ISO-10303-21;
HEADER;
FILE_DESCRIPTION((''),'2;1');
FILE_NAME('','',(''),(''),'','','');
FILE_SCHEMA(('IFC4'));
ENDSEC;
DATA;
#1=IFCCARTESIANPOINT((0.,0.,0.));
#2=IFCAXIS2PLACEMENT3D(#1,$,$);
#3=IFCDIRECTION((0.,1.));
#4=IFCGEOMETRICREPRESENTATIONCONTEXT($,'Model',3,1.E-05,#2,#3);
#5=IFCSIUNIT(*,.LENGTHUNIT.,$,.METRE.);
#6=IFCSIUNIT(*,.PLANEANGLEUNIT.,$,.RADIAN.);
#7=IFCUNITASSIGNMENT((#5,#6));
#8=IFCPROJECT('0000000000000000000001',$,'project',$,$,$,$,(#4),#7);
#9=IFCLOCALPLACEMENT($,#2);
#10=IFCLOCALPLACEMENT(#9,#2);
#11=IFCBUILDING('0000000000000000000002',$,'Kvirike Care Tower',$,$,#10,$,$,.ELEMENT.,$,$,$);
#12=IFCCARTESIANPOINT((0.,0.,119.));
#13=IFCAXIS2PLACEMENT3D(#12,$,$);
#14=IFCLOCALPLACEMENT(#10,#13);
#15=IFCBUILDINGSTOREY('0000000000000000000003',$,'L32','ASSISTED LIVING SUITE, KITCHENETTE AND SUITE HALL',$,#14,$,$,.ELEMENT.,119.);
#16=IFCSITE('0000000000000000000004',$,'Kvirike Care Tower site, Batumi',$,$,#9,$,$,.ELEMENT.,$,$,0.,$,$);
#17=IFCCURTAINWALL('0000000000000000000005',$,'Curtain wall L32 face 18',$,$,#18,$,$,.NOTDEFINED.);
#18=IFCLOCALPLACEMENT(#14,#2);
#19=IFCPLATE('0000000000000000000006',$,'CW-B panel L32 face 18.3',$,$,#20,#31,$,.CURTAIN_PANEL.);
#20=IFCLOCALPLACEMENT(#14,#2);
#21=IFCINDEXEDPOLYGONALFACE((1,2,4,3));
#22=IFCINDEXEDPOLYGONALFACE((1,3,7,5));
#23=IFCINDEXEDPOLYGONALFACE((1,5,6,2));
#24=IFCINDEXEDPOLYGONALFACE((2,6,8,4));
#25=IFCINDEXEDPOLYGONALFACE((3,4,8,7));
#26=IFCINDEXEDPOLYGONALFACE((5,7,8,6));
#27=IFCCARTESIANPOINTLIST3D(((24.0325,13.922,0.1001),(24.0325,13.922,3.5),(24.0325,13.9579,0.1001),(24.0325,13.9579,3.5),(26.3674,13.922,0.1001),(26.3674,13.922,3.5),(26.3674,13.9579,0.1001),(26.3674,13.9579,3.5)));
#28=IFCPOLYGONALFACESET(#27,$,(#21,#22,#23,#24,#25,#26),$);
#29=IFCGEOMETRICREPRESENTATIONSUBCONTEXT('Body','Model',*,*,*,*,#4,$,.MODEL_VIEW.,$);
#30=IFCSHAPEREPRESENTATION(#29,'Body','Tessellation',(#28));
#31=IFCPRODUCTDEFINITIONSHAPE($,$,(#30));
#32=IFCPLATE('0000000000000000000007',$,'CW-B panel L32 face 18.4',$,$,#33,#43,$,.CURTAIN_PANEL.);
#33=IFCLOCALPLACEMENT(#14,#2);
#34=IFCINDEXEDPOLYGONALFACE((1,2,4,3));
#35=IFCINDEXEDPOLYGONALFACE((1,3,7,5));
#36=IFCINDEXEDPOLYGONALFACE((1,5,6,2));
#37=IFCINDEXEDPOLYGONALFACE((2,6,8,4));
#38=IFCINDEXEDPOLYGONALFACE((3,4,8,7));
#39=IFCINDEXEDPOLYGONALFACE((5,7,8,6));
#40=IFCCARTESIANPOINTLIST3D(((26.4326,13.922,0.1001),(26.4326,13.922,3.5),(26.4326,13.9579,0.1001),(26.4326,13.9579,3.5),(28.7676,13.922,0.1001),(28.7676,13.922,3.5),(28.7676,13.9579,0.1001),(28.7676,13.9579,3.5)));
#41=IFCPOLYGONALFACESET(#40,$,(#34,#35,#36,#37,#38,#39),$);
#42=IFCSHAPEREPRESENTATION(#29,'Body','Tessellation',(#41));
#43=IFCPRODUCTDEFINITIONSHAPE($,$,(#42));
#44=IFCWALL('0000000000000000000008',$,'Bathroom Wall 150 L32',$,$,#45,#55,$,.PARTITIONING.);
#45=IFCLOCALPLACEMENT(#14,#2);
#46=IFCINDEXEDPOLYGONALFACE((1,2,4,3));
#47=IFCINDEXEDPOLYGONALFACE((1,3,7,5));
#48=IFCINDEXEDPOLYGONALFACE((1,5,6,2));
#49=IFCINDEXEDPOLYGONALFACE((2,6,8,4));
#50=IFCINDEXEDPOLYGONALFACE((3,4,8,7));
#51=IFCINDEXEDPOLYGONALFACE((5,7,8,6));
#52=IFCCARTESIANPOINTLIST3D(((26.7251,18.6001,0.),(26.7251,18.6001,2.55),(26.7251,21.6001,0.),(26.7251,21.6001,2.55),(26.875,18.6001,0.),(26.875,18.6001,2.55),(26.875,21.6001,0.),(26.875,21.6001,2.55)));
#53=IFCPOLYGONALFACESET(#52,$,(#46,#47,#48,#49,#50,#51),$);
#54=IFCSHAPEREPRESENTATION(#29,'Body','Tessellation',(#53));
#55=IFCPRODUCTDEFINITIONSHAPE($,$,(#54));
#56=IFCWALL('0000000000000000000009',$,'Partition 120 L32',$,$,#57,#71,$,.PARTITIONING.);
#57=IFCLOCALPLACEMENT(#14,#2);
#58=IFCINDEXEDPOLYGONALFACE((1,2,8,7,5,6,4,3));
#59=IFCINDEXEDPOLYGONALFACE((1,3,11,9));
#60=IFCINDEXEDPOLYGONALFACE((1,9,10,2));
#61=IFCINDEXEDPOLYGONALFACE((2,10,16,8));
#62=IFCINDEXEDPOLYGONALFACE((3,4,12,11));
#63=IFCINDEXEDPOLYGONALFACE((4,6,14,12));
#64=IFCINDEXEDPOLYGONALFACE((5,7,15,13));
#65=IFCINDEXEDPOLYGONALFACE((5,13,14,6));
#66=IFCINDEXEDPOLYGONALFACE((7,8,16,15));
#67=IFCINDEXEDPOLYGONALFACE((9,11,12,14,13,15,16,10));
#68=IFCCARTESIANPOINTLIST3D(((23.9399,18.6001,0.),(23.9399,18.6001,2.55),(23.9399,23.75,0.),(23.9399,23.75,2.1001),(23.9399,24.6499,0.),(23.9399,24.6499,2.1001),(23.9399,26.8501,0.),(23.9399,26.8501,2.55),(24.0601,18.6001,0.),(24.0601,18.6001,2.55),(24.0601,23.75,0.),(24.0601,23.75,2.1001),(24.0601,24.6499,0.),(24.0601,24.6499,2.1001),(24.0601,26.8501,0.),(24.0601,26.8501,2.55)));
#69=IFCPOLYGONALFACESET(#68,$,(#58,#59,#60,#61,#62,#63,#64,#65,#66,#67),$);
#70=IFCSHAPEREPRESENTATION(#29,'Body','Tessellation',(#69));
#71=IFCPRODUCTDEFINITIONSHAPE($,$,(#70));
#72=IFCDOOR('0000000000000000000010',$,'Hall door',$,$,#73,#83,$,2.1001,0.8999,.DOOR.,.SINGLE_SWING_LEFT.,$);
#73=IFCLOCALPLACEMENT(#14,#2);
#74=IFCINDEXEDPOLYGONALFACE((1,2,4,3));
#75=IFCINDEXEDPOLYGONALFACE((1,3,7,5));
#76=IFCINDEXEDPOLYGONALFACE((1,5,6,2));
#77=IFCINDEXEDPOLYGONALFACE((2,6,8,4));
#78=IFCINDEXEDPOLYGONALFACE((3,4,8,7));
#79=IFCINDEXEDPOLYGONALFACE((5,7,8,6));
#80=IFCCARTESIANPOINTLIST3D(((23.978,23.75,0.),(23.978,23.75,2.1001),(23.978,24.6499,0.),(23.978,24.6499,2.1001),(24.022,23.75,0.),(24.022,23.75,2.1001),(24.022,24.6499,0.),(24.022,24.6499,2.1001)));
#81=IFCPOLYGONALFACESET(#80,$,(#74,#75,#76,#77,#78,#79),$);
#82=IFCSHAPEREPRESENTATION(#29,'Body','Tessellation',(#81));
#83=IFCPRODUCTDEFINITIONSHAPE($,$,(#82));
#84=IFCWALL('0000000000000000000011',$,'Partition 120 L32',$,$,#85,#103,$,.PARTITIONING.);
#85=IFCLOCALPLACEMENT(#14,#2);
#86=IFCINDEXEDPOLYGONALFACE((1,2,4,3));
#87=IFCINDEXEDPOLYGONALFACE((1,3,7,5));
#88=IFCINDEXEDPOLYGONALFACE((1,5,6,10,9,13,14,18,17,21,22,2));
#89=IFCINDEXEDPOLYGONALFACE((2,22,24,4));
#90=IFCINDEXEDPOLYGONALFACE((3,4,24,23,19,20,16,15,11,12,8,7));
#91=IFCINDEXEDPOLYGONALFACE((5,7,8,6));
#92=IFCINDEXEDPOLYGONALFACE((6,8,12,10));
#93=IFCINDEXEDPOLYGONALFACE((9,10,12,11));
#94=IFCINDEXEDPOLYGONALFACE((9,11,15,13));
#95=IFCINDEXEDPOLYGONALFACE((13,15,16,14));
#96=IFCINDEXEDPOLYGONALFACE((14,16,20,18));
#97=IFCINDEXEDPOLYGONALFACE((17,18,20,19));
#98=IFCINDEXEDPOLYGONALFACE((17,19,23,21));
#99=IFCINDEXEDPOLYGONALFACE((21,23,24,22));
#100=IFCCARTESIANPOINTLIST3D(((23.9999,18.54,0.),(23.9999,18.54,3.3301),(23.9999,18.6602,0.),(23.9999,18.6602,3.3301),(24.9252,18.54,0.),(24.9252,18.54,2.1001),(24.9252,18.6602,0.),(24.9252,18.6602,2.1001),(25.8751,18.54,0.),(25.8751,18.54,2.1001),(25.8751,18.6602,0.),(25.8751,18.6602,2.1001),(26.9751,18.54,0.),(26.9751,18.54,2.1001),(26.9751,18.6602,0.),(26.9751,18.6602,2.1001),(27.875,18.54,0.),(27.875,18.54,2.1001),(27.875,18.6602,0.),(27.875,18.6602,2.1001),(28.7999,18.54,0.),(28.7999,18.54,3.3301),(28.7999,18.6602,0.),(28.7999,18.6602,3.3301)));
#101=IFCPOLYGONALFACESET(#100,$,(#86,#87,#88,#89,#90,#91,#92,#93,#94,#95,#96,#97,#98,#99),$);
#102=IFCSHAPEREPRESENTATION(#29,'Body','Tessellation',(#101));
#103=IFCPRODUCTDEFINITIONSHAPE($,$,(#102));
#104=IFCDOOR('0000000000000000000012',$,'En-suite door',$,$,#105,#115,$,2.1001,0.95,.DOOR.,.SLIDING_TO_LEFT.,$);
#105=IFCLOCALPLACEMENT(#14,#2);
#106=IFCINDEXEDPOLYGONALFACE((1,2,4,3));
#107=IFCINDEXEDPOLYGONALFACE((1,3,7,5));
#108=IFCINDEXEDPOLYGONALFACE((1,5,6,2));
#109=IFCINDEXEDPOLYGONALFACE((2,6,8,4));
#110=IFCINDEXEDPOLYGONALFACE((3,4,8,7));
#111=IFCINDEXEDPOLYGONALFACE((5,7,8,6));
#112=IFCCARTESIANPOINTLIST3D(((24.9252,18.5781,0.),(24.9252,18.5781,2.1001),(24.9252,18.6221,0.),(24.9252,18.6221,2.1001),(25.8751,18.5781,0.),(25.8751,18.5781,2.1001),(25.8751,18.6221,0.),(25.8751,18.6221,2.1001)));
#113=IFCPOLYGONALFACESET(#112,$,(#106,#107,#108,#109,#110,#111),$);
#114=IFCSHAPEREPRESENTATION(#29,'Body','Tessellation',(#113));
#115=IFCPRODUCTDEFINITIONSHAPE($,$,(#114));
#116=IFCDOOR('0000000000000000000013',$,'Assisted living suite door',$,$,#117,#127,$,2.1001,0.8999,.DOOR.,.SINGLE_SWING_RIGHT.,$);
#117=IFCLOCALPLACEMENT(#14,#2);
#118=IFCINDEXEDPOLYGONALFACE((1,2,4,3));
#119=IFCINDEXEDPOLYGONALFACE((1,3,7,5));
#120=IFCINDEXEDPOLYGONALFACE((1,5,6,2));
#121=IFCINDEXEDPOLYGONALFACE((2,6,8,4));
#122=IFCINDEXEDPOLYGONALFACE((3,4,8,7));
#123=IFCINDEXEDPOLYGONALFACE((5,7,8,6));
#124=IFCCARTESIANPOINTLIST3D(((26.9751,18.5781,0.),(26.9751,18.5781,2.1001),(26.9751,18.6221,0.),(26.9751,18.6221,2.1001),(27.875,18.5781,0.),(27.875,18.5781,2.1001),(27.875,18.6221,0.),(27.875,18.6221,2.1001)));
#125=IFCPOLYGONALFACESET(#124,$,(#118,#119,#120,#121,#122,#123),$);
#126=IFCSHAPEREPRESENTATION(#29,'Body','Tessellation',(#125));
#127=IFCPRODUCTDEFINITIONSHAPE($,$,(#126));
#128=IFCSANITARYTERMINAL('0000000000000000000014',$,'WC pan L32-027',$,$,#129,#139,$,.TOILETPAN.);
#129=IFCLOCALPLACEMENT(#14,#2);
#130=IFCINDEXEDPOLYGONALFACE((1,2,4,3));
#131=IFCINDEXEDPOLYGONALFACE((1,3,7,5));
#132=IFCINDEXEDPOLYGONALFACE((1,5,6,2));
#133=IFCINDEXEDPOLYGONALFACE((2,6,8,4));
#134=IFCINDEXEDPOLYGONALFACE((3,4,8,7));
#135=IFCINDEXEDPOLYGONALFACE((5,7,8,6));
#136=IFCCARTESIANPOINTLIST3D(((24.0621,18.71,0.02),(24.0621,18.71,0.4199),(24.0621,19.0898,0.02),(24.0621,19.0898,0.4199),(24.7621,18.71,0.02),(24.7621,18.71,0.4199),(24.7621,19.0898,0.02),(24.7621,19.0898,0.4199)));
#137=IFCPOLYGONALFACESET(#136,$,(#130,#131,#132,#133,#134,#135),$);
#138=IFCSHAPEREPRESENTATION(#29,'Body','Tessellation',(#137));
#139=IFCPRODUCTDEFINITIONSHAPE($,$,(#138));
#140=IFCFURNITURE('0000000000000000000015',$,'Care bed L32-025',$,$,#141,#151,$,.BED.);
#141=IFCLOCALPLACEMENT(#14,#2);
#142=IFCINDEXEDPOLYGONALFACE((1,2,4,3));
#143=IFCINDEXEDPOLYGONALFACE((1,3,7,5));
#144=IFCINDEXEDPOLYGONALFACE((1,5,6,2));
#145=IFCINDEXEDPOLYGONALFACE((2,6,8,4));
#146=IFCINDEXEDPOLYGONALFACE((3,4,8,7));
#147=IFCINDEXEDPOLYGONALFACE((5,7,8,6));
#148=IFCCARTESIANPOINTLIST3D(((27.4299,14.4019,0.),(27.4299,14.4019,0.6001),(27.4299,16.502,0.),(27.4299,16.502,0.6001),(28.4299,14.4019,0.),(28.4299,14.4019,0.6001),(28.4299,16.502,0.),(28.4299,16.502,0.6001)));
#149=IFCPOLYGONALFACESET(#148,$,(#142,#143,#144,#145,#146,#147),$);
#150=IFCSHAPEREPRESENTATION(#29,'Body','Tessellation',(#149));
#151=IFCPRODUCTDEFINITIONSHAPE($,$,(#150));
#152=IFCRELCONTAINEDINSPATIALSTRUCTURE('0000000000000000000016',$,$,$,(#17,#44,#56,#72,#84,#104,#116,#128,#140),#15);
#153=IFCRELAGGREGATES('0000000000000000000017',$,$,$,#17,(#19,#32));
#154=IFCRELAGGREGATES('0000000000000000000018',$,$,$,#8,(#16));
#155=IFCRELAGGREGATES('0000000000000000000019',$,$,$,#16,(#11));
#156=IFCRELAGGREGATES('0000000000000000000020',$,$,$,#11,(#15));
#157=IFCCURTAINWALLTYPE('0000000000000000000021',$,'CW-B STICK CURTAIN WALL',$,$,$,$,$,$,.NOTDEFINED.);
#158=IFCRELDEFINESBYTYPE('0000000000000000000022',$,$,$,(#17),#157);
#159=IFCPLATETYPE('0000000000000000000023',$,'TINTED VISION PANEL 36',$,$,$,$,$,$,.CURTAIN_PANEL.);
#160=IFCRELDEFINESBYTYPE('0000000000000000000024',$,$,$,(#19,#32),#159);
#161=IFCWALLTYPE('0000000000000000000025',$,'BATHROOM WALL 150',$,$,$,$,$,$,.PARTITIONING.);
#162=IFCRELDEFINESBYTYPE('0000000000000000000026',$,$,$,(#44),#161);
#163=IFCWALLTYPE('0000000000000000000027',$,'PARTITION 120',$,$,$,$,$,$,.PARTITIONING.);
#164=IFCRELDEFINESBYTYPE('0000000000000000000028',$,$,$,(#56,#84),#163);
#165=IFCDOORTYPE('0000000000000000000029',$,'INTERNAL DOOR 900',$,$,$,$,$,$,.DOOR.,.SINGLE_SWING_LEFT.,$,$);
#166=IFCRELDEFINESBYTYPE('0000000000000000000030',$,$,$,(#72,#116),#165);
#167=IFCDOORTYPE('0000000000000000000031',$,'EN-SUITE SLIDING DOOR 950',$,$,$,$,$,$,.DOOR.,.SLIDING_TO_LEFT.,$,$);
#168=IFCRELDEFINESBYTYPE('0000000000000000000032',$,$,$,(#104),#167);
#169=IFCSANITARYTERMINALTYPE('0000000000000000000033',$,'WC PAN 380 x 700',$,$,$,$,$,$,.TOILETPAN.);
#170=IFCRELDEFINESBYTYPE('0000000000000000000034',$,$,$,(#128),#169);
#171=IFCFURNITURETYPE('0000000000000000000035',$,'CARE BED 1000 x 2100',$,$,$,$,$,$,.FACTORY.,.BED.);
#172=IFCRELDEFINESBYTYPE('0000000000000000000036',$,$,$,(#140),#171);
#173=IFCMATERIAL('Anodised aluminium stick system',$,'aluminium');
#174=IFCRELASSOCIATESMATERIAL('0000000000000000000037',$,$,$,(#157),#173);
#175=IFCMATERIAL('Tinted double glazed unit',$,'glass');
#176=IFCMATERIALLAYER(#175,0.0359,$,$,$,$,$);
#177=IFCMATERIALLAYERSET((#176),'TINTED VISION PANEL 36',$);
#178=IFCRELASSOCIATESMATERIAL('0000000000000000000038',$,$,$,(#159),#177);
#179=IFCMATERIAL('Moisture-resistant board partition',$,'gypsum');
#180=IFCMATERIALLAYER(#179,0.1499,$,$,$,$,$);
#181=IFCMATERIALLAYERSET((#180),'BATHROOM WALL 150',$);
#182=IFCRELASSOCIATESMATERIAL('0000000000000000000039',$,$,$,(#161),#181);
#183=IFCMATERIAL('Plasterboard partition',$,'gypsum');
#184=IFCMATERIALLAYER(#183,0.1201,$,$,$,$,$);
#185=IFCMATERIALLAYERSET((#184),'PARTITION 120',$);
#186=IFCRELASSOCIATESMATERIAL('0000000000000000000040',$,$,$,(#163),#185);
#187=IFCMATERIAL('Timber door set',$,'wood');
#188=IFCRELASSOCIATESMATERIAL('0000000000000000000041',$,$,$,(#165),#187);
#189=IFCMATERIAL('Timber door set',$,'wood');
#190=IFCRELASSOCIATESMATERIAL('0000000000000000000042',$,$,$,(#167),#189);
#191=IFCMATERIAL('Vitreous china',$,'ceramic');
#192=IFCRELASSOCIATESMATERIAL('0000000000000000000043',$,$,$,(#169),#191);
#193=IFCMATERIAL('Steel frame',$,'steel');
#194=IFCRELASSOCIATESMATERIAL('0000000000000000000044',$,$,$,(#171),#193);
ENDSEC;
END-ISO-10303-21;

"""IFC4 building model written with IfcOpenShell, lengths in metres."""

from ifc_helpers import new_model, si_unit, direction, frame, frame_2d, origin, origin_2d, place, context, subcontext, project, spatial, rectangle, extrude, material, layer, layer_set, type_object, element, fill, aggregate, save


model = new_model("IFC4")

# Units and contexts
model_context = context("Model", 3, precision=1e-05, world=origin(), true_north=direction((0.0, 1.0)))
body_context = subcontext(model_context, "Body", "Model", "MODEL_VIEW")
ifc_project = project(units=[si_unit("LENGTHUNIT", "METRE"), si_unit("PLANEANGLEUNIT", "RADIAN")], contexts=[model_context])

# Site, building, storey
site_placement = place(None, origin())
site = spatial("IfcSite", under=ifc_project, at=site_placement, Name="Kvirike Care Tower site, Batumi", CompositionType="ELEMENT", RefElevation=0.0)
building_placement = place(site_placement, origin())
building = spatial("IfcBuilding", under=site, at=building_placement, Name="Kvirike Care Tower", CompositionType="ELEMENT")
storey_placement = place(building_placement, frame((0.0, 0.0, 119.0)))
storey = spatial("IfcBuildingStorey", under=building, at=storey_placement, Name="L32", Description="ASSISTED LIVING SUITE, KITCHENETTE AND SUITE HALL", CompositionType="ELEMENT", Elevation=119.0)

# Curtain wall
ifc_material_1 = material(Name="Anodised aluminium stick system", Category="aluminium")
curtain_wall_type = type_object("IfcCurtainWallType", Name="CW-B STICK CURTAIN WALL", PredefinedType="NOTDEFINED", material=ifc_material_1)
curtain_wall_placement = place(storey_placement, origin())
curtain_wall = element("IfcCurtainWall", 1, at=curtain_wall_placement, inside=storey, type_object=curtain_wall_type, Name="Curtain wall L32 face 18", PredefinedType="NOTDEFINED")

# Plates
ifc_material_2 = material(Name="Tinted double glazed unit", Category="glass")
ifc_layer_1 = layer(ifc_material_2, 0.0359)
ifc_layer_set_1 = layer_set([ifc_layer_1], Name="TINTED VISION PANEL 36")
plate_type = type_object("IfcPlateType", Name="TINTED VISION PANEL 36", PredefinedType="CURTAIN_PANEL", material=ifc_layer_set_1)
plate_1_placement = place(storey_placement, frame((25.2, 13.9399, 0.1001), z_axis=(0.0, 0.0, 1.0), x_axis=(1.0, 0.0, 0.0)))
plate_1 = element("IfcPlate", 2, at=plate_1_placement, type_object=plate_type, Name="CW-B panel L32 face 18.3", PredefinedType="CURTAIN_PANEL", context=body_context, shape_type="SweptSolid", body=[
    extrude(rectangle(XDim=2.335, YDim=0.0359, at=origin_2d()), origin(), (0.0, 0.0, 1.0), 3.3999),
])
plate_2_placement = place(storey_placement, frame((27.6001, 13.9399, 0.1001), z_axis=(0.0, 0.0, 1.0), x_axis=(1.0, 0.0, 0.0)))
plate_2 = element("IfcPlate", 3, at=plate_2_placement, type_object=plate_type, Name="CW-B panel L32 face 18.4", PredefinedType="CURTAIN_PANEL", context=body_context, shape_type="SweptSolid", body=[
    extrude(rectangle(XDim=2.335, YDim=0.0359, at=origin_2d()), origin(), (0.0, 0.0, 1.0), 3.3999),
])
aggregate(curtain_wall, [plate_1, plate_2])

# Wall
ifc_material_3 = material(Name="Moisture-resistant board partition", Category="gypsum")
ifc_layer_2 = layer(ifc_material_3, 0.1499)
ifc_layer_set_2 = layer_set([ifc_layer_2], Name="BATHROOM WALL 150")
wall_type_1 = type_object("IfcWallType", Name="BATHROOM WALL 150", PredefinedType="PARTITIONING", material=ifc_layer_set_2)
wall_1_placement = place(storey_placement, frame((26.8, 18.6001, 0.0), z_axis=(0.0, 0.0, 1.0), x_axis=(0.0, 1.0, 0.0)))
element("IfcWall", 4, at=wall_1_placement, inside=storey, type_object=wall_type_1, Name="Bathroom Wall 150 L32", PredefinedType="PARTITIONING", context=body_context, shape_type="SweptSolid", body=[
    extrude(rectangle(XDim=3.0, YDim=0.1499, at=frame_2d((1.5, 0.0))), origin(), (0.0, 0.0, 1.0), 2.55),
])

# Wall, opening, door
ifc_material_4 = material(Name="Plasterboard partition", Category="gypsum")
ifc_layer_3 = layer(ifc_material_4, 0.1201)
ifc_layer_set_3 = layer_set([ifc_layer_3], Name="PARTITION 120")
wall_type_2 = type_object("IfcWallType", Name="PARTITION 120", PredefinedType="PARTITIONING", material=ifc_layer_set_3)
wall_2_placement = place(storey_placement, frame((24.0, 18.6001, 0.0), z_axis=(0.0, 0.0, 1.0), x_axis=(0.0, 1.0, 0.0)))
wall_2 = element("IfcWall", 5, at=wall_2_placement, inside=storey, type_object=wall_type_2, Name="Partition 120 L32", PredefinedType="PARTITIONING", context=body_context, shape_type="SweptSolid", body=[
    extrude(rectangle(XDim=8.25, YDim=0.1201, at=frame_2d((4.125, 0.0))), origin(), (0.0, 0.0, 1.0), 2.55),
])
opening_1_placement = place(wall_2_placement, frame((5.1499, 0.0, 0.0)))
opening_1 = element("IfcOpeningElement", 6, at=opening_1_placement, cuts=wall_2, PredefinedType="OPENING", context=body_context, shape_type="SweptSolid", body=[
    extrude(rectangle(XDim=0.8999, YDim=2.1001, at=frame_2d((0.45, 1.05))), frame((0.0, 0.0706, 0.0), z_axis=(0.0, -1.0, 0.0), x_axis=(1.0, 0.0, 0.0)), (0.0, 0.0, 1.0), 0.1411),
])
ifc_material_5 = material(Name="Timber door set", Category="wood")
door_type_1 = type_object("IfcDoorType", Name="INTERNAL DOOR 900", OperationType="SINGLE_SWING_LEFT", PredefinedType="DOOR", material=ifc_material_5)
door_1_placement = place(opening_1_placement, origin())
door_1 = element("IfcDoor", 7, at=door_1_placement, inside=storey, type_object=door_type_1, Name="Hall door", OperationType="SINGLE_SWING_LEFT", OverallHeight=2.1001, OverallWidth=0.8999, PredefinedType="DOOR", context=body_context, shape_type="SweptSolid", body=[
    extrude(rectangle(XDim=0.8999, YDim=2.1001, at=frame_2d((0.45, 1.05))), frame((0.0, 0.022, 0.0), z_axis=(0.0, -1.0, 0.0), x_axis=(1.0, 0.0, 0.0)), (0.0, 0.0, 1.0), 0.0439),
])
fill(opening_1, door_1)

# Wall, openings, doors
wall_3_placement = place(storey_placement, frame((24.0, 18.6001, 0.0), z_axis=(0.0, 0.0, 1.0), x_axis=(1.0, 0.0, 0.0)))
wall_3 = element("IfcWall", 8, at=wall_3_placement, inside=storey, type_object=wall_type_2, Name="Partition 120 L32", PredefinedType="PARTITIONING", context=body_context, shape_type="SweptSolid", body=[
    extrude(rectangle(XDim=4.8, YDim=0.1201, at=frame_2d((2.3999, 0.0))), origin(), (0.0, 0.0, 1.0), 3.3301),
])
opening_2_placement = place(wall_3_placement, frame((2.9751, 0.0, 0.0)))
opening_2 = element("IfcOpeningElement", 9, at=opening_2_placement, cuts=wall_3, PredefinedType="OPENING", context=body_context, shape_type="SweptSolid", body=[
    extrude(rectangle(XDim=0.8999, YDim=2.1001, at=frame_2d((0.45, 1.05))), frame((0.0, 0.0706, 0.0), z_axis=(0.0, -1.0, 0.0), x_axis=(1.0, 0.0, 0.0)), (0.0, 0.0, 1.0), 0.1411),
])
opening_3_placement = place(wall_3_placement, frame((0.925, 0.0, 0.0)))
opening_3 = element("IfcOpeningElement", 10, at=opening_3_placement, cuts=wall_3, PredefinedType="OPENING", context=body_context, shape_type="SweptSolid", body=[
    extrude(rectangle(XDim=0.95, YDim=2.1001, at=frame_2d((0.4751, 1.05))), frame((0.0, 0.0706, 0.0), z_axis=(0.0, -1.0, 0.0), x_axis=(1.0, 0.0, 0.0)), (0.0, 0.0, 1.0), 0.1411),
])
ifc_material_6 = material(Name="Timber door set", Category="wood")
door_type_2 = type_object("IfcDoorType", Name="EN-SUITE SLIDING DOOR 950", OperationType="SLIDING_TO_LEFT", PredefinedType="DOOR", material=ifc_material_6)
door_2_placement = place(opening_3_placement, origin())
door_2 = element("IfcDoor", 11, at=door_2_placement, inside=storey, type_object=door_type_2, Name="En-suite door", OperationType="SLIDING_TO_LEFT", OverallHeight=2.1001, OverallWidth=0.95, PredefinedType="DOOR", context=body_context, shape_type="SweptSolid", body=[
    extrude(rectangle(XDim=0.95, YDim=2.1001, at=frame_2d((0.4751, 1.05))), frame((0.0, 0.022, 0.0), z_axis=(0.0, -1.0, 0.0), x_axis=(1.0, 0.0, 0.0)), (0.0, 0.0, 1.0), 0.0439),
])
fill(opening_3, door_2)
door_3_placement = place(opening_2_placement, frame((0.8999, 0.0, 0.0), z_axis=(0.0, 0.0, 1.0), x_axis=(-1.0, 0.0, 0.0)))
door_3 = element("IfcDoor", 12, at=door_3_placement, inside=storey, type_object=door_type_1, Name="Assisted living suite door", OperationType="SINGLE_SWING_RIGHT", OverallHeight=2.1001, OverallWidth=0.8999, PredefinedType="DOOR", context=body_context, shape_type="SweptSolid", body=[
    extrude(rectangle(XDim=0.8999, YDim=2.1001, at=frame_2d((0.45, 1.05))), frame((0.0, 0.022, 0.0), z_axis=(0.0, -1.0, 0.0), x_axis=(1.0, 0.0, 0.0)), (0.0, 0.0, 1.0), 0.0439),
])
fill(opening_2, door_3)

# Sanitary terminal
ifc_material_7 = material(Name="Vitreous china", Category="ceramic")
sanitary_terminal_type = type_object("IfcSanitaryTerminalType", Name="WC PAN 380 x 700", PredefinedType="TOILETPAN", material=ifc_material_7)
sanitary_terminal_placement = place(storey_placement, frame((24.4121, 18.8999, 0.02), z_axis=(0.0, 0.0, 1.0), x_axis=(0.0, 1.0, 0.0)))
element("IfcSanitaryTerminal", 13, at=sanitary_terminal_placement, inside=storey, type_object=sanitary_terminal_type, Name="WC pan L32-027", PredefinedType="TOILETPAN", context=body_context, shape_type="SweptSolid", body=[
    extrude(rectangle(XDim=0.3799, YDim=0.7, at=origin_2d()), origin(), (0.0, 0.0, 1.0), 0.3999),
])

# Furniture
ifc_material_8 = material(Name="Steel frame", Category="steel")
furniture_type = type_object("IfcFurnitureType", Name="CARE BED 1000 x 2100", AssemblyPlace="FACTORY", PredefinedType="BED", material=ifc_material_8)
furniture_placement = place(storey_placement, frame((27.9299, 15.4519, 0.0), z_axis=(0.0, 0.0, 1.0), x_axis=(-1.0, 0.0, 0.0)))
element("IfcFurniture", 14, at=furniture_placement, inside=storey, type_object=furniture_type, Name="Care bed L32-025", PredefinedType="BED", context=body_context, shape_type="SweptSolid", body=[
    extrude(rectangle(XDim=1.0, YDim=2.1001, at=origin_2d()), origin(), (0.0, 0.0, 1.0), 0.6001),
])

save(model, "model.ifc")
